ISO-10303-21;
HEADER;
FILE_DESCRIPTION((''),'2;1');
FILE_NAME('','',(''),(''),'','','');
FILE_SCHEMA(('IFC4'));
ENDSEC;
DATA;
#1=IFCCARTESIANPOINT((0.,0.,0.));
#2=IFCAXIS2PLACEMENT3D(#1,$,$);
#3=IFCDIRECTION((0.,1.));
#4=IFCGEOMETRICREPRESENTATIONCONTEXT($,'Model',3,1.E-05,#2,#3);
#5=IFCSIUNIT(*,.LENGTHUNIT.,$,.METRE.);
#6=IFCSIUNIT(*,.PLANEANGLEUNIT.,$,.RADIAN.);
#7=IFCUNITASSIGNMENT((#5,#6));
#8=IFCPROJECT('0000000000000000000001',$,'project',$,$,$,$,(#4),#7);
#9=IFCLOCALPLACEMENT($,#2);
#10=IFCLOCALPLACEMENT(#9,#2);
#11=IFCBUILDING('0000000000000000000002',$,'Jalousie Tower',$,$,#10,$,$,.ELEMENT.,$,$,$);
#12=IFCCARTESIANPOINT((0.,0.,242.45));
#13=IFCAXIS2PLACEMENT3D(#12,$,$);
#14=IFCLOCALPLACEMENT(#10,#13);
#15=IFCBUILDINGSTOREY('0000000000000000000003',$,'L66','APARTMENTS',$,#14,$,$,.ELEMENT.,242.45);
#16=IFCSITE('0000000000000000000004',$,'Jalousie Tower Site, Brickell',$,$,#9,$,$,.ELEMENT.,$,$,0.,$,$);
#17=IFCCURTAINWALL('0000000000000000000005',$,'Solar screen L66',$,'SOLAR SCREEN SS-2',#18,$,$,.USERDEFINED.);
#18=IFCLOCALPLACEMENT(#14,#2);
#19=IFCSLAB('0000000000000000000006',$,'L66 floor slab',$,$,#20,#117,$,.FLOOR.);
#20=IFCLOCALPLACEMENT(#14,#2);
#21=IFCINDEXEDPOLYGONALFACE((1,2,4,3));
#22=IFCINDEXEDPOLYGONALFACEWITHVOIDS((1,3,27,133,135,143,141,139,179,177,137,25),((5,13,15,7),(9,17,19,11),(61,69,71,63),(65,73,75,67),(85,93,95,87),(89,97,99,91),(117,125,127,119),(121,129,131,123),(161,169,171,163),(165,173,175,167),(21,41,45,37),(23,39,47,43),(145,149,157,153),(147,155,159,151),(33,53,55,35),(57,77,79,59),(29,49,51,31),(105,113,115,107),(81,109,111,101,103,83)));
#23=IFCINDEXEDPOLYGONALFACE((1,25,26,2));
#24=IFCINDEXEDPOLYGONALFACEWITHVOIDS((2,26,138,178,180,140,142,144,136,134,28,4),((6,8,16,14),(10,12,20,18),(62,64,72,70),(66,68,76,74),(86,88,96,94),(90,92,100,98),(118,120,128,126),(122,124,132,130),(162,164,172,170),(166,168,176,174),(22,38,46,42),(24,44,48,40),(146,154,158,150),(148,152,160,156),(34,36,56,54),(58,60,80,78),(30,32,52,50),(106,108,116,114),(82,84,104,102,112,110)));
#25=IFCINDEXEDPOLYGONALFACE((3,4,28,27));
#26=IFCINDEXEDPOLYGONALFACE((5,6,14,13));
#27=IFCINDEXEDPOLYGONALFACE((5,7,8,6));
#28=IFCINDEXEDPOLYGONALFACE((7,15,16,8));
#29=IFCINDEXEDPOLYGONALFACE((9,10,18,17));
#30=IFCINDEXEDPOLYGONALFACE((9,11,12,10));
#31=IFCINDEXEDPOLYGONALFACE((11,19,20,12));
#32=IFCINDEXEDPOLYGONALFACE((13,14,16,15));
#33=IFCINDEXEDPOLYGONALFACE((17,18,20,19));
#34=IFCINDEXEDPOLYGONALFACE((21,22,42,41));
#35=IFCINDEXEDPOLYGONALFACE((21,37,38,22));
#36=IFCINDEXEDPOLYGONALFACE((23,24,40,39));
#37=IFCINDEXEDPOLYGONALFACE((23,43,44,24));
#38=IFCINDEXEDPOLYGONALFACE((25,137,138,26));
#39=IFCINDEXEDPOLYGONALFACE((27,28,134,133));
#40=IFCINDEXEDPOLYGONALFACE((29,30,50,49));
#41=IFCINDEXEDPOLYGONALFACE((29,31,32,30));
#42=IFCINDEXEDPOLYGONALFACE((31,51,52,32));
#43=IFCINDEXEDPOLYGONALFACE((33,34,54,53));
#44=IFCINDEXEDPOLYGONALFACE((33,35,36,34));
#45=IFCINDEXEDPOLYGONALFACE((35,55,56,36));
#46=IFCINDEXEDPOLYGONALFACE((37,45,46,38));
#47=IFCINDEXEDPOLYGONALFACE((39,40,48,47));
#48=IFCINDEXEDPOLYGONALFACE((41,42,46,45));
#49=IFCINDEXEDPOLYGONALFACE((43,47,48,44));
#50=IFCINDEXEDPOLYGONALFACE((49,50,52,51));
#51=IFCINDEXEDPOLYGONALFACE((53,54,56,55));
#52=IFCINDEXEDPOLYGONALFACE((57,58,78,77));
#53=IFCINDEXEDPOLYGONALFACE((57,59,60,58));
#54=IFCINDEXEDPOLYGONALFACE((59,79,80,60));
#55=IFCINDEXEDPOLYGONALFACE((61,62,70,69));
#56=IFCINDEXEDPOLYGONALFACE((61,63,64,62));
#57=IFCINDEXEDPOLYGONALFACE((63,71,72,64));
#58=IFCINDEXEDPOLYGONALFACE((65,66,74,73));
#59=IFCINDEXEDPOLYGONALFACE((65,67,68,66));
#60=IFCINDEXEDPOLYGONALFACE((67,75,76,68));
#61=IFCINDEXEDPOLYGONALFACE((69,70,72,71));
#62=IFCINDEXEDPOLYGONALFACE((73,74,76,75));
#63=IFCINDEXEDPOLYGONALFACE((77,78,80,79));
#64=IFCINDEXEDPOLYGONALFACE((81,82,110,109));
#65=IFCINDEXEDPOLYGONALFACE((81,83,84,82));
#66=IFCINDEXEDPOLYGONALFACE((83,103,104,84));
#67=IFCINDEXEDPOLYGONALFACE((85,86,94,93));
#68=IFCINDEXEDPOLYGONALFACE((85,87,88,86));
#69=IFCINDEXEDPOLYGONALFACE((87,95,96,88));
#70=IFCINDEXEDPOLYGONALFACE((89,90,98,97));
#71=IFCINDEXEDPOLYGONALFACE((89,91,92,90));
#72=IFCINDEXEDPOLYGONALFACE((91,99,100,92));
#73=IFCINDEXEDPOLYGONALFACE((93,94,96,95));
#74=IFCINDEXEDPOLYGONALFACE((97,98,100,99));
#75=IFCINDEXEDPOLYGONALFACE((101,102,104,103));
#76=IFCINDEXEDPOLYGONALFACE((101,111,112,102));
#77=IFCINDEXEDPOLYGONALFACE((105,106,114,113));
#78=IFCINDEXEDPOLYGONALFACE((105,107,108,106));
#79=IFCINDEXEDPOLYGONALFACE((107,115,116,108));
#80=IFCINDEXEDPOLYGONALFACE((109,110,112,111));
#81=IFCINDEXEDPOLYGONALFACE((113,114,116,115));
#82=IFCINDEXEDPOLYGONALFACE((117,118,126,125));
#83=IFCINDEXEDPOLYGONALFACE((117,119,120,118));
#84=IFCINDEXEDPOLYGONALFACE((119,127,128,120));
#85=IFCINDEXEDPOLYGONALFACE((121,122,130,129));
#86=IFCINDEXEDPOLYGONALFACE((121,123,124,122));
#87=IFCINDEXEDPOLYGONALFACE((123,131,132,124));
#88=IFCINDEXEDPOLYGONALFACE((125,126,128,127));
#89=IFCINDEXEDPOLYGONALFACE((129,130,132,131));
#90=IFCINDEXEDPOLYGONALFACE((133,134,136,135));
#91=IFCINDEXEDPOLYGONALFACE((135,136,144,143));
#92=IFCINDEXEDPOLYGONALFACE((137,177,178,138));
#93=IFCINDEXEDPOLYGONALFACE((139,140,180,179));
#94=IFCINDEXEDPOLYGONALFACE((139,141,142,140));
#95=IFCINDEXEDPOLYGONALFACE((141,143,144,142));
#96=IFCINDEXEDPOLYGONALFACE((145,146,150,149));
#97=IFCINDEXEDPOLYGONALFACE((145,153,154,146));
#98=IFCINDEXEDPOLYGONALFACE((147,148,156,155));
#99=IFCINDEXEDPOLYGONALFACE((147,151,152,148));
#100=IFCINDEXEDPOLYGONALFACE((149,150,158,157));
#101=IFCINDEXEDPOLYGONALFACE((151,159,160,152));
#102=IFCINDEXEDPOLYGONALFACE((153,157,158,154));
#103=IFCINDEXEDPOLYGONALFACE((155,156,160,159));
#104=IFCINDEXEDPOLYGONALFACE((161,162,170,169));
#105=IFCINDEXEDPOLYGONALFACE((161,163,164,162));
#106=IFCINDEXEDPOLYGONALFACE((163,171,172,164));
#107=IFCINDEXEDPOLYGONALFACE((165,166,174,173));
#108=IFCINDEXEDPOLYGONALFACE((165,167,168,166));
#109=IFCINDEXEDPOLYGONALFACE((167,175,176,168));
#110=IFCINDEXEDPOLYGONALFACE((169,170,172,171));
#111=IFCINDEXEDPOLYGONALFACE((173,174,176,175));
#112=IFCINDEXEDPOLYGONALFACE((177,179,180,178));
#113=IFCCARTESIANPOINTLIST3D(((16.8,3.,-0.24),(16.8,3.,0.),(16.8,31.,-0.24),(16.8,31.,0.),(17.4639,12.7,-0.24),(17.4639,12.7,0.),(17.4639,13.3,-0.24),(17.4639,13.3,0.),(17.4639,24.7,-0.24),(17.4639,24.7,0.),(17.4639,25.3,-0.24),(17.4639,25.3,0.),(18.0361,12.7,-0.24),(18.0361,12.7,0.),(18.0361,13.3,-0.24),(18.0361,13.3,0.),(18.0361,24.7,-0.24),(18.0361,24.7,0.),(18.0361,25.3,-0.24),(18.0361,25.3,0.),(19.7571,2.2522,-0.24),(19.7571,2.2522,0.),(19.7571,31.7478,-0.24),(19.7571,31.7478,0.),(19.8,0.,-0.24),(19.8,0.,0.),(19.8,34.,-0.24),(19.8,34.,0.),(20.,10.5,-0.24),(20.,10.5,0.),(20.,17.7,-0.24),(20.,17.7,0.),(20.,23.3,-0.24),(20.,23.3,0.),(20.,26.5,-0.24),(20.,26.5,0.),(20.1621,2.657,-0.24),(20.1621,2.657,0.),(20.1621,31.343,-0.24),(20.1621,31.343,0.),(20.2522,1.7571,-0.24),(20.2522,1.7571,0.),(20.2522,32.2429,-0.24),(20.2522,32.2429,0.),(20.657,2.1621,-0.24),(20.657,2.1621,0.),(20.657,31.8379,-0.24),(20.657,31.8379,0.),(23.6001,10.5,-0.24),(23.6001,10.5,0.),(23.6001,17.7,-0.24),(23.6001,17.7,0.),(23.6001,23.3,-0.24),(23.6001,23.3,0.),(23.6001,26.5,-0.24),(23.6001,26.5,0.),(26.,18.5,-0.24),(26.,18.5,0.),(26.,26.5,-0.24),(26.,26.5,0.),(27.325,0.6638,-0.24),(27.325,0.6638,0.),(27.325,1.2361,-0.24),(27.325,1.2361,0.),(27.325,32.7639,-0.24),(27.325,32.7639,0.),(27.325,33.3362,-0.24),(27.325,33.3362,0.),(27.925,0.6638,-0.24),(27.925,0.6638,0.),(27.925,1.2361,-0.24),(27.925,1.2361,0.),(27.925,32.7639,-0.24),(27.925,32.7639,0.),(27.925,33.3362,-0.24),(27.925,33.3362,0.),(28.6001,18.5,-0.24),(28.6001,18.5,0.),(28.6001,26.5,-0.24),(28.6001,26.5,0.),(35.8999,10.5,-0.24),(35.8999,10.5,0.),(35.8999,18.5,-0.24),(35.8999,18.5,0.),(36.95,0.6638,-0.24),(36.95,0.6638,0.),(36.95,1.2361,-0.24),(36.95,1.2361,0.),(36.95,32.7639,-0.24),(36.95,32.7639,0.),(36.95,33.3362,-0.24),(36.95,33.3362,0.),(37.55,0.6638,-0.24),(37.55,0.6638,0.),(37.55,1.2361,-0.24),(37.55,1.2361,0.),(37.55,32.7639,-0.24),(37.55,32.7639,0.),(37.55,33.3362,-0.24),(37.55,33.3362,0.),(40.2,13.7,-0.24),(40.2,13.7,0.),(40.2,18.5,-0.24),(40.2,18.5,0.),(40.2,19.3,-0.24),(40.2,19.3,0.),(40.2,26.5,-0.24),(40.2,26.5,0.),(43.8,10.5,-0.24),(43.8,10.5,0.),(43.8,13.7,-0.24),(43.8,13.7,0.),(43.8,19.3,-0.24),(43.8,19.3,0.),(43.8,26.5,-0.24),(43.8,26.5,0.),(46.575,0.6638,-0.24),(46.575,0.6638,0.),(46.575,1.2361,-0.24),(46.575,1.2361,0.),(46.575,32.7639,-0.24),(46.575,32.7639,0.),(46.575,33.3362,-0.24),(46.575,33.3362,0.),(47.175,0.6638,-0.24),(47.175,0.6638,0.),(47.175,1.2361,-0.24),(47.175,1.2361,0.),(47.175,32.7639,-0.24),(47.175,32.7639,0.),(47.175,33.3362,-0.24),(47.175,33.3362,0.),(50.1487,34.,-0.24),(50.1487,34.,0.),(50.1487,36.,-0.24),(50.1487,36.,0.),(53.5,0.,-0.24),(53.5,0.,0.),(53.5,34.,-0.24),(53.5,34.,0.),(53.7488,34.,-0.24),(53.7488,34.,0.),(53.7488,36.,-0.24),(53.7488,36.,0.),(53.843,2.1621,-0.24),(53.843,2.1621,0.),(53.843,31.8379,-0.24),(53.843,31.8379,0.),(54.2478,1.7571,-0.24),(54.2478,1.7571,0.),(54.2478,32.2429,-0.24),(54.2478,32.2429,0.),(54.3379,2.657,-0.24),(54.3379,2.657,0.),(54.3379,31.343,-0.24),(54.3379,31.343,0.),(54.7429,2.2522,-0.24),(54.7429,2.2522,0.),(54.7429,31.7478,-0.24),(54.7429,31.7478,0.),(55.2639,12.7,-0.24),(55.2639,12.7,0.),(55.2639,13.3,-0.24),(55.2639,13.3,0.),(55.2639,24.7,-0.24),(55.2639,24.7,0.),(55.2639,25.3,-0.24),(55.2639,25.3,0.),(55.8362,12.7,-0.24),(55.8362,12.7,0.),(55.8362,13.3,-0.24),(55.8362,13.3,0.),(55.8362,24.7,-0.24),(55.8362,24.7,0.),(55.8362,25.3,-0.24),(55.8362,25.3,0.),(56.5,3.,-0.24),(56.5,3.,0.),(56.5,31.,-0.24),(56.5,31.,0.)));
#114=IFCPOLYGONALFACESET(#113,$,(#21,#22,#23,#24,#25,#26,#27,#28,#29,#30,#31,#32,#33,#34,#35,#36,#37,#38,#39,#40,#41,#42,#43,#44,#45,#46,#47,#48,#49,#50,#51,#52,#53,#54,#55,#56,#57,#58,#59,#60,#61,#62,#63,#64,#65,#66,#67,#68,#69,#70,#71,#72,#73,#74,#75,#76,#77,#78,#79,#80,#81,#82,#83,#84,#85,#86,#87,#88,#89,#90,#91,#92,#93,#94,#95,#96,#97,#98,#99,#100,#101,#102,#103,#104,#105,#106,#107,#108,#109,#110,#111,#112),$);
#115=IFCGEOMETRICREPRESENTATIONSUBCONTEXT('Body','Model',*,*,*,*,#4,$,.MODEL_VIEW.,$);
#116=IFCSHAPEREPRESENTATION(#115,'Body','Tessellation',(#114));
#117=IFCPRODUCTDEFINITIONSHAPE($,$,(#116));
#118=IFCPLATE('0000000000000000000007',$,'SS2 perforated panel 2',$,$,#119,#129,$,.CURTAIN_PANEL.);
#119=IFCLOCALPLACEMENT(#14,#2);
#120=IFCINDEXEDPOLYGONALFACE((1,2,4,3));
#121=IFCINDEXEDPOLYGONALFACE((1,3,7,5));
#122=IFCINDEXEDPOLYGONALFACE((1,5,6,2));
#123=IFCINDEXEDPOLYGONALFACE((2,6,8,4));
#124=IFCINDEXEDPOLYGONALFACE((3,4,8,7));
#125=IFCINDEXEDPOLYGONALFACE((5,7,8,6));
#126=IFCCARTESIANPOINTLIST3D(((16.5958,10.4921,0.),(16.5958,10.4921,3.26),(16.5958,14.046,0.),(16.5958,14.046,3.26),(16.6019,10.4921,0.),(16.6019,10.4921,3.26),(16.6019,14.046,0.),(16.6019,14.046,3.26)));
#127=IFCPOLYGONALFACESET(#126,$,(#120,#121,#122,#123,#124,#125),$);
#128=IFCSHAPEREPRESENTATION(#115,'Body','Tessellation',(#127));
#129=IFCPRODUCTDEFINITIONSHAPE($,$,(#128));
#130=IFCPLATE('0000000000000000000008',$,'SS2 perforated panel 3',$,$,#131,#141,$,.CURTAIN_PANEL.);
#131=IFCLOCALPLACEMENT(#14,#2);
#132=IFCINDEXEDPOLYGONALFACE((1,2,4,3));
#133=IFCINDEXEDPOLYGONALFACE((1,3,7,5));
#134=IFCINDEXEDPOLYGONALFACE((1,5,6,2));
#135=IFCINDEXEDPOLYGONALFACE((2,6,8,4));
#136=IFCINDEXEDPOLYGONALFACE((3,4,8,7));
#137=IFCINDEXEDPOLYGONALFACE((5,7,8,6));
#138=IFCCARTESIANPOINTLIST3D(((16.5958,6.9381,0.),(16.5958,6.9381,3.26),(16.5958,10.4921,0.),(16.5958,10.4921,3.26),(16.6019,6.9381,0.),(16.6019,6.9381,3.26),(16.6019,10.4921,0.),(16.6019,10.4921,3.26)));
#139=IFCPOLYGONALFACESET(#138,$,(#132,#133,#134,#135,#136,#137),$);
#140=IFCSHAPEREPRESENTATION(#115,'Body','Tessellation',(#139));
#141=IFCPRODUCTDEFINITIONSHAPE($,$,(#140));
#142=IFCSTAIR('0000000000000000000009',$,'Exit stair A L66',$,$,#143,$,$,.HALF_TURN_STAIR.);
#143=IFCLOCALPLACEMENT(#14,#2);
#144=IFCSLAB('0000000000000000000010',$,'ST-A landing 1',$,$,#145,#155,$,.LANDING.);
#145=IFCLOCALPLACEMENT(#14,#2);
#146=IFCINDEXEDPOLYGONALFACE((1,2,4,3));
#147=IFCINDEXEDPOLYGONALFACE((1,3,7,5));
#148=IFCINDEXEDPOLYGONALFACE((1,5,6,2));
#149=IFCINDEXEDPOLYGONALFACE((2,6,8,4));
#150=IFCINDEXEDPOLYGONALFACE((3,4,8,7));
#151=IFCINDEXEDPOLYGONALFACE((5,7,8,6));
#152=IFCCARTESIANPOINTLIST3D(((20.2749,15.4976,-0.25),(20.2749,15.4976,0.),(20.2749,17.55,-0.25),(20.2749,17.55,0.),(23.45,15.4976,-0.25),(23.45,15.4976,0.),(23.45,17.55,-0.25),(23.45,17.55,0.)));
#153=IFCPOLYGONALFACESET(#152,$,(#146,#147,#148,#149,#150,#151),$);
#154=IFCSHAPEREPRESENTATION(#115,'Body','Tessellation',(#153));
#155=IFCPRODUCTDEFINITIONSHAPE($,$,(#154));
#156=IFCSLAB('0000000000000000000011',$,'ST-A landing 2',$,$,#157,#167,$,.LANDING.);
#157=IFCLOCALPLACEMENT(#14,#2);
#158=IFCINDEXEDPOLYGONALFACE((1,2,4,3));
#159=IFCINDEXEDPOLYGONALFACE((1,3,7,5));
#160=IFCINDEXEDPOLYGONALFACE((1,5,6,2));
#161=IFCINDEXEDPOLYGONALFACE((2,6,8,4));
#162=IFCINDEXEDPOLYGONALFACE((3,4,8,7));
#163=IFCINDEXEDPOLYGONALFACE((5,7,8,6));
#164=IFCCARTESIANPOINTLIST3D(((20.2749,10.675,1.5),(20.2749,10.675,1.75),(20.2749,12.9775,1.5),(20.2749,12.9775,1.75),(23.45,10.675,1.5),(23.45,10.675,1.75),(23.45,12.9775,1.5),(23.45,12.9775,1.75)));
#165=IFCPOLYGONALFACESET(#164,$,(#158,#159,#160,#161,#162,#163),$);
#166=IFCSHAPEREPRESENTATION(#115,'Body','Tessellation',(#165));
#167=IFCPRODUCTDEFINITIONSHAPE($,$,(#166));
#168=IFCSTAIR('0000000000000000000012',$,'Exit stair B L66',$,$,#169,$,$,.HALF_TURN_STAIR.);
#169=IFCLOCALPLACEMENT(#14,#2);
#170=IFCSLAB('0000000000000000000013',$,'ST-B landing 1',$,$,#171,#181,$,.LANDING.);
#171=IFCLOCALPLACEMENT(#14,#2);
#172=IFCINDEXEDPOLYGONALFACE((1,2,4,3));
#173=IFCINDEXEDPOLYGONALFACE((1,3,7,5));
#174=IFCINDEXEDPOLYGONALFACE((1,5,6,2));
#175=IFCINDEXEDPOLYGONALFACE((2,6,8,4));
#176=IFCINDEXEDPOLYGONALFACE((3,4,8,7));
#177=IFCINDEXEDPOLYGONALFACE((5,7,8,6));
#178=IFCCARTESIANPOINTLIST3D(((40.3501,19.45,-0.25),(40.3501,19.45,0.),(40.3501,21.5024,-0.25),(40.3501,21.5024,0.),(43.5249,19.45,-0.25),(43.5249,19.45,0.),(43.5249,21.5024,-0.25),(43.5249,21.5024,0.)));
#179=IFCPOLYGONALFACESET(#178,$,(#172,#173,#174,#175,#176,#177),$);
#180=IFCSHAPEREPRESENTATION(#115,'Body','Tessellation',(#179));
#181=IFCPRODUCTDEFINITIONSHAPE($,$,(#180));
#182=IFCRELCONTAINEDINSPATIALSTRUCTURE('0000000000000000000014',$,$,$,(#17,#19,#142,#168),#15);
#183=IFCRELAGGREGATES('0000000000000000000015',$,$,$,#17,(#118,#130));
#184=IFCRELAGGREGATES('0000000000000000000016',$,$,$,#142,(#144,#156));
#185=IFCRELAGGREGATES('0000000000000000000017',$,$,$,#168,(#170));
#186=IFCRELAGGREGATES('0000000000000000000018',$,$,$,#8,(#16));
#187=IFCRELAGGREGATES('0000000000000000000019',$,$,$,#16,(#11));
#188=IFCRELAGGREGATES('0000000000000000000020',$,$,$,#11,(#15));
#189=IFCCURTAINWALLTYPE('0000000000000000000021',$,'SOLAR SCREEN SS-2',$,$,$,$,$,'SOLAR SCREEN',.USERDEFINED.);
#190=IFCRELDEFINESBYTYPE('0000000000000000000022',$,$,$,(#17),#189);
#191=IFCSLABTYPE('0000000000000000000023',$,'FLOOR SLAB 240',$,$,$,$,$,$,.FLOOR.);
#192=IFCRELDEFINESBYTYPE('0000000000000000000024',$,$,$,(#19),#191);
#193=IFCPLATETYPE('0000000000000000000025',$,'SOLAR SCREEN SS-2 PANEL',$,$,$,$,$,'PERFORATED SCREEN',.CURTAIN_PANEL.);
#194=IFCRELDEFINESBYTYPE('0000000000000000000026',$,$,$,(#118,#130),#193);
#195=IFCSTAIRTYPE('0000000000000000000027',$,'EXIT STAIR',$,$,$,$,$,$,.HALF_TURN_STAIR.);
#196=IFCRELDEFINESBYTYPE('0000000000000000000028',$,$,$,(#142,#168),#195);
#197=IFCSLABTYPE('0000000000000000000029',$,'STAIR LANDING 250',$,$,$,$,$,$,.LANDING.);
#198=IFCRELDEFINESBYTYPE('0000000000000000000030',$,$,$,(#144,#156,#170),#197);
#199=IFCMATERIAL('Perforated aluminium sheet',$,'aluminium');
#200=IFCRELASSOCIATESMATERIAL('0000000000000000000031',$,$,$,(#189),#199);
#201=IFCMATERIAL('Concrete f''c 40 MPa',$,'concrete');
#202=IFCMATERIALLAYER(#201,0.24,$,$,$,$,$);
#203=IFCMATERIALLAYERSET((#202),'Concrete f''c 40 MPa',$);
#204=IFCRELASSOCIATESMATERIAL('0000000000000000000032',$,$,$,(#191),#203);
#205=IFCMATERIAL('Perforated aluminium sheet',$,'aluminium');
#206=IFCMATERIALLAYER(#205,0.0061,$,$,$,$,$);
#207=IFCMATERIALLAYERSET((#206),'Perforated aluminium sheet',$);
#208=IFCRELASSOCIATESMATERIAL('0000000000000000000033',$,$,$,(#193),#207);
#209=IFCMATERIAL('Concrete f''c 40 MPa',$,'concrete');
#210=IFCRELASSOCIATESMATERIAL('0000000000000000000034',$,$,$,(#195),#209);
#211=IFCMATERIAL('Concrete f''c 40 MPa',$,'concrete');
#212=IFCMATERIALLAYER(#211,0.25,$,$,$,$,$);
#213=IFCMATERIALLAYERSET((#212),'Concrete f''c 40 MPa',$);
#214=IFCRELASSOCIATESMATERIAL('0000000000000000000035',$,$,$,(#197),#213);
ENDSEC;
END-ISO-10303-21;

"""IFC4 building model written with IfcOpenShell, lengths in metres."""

from ifc_helpers import new_model, si_unit, direction, frame, origin, origin_2d, place, context, subcontext, project, spatial, polyline, rectangle, outline, extrude, material, layer, layer_set, type_object, element, aggregate, save


model = new_model("IFC4")

# Units and contexts
model_context = context("Model", 3, precision=1e-05, world=origin(), true_north=direction((0.0, 1.0)))
body_context = subcontext(model_context, "Body", "Model", "MODEL_VIEW")
ifc_project = project(units=[si_unit("LENGTHUNIT", "METRE"), si_unit("PLANEANGLEUNIT", "RADIAN")], contexts=[model_context])

# Site, building, storey
site_placement = place(None, origin())
site = spatial("IfcSite", under=ifc_project, at=site_placement, Name="Jalousie Tower Site, Brickell", CompositionType="ELEMENT", RefElevation=0.0)
building_placement = place(site_placement, origin())
building = spatial("IfcBuilding", under=site, at=building_placement, Name="Jalousie Tower", CompositionType="ELEMENT")
storey_placement = place(building_placement, frame((0.0, 0.0, 242.45)))
storey = spatial("IfcBuildingStorey", under=building, at=storey_placement, Name="L66", Description="APARTMENTS", CompositionType="ELEMENT", Elevation=242.45)

# Curtain wall
ifc_material_1 = material(Name="Perforated aluminium sheet", Category="aluminium")
curtain_wall_type_1 = type_object("IfcCurtainWallType", Name="SOLAR SCREEN SS-2", ElementType="SOLAR SCREEN", PredefinedType="USERDEFINED", material=ifc_material_1)
curtain_wall_1_placement = place(storey_placement, origin())
curtain_wall_1 = element("IfcCurtainWall", 1, at=curtain_wall_1_placement, inside=storey, type_object=curtain_wall_type_1, Name="Solar screen L66", ObjectType="SOLAR SCREEN SS-2", PredefinedType="USERDEFINED")

# Slab
ifc_material_2 = material(Name="Concrete f'c 40 MPa", Category="concrete")
ifc_layer_1 = layer(ifc_material_2, 0.24)
ifc_layer_set_1 = layer_set([ifc_layer_1], Name="Concrete f'c 40 MPa")
slab_type_1 = type_object("IfcSlabType", Name="FLOOR SLAB 240", PredefinedType="FLOOR", material=ifc_layer_set_1)
slab_1_placement = place(storey_placement, frame((0.0, 0.0, -0.24)))
element("IfcSlab", 2, at=slab_1_placement, inside=storey, type_object=slab_type_1, Name="L66 floor slab", PredefinedType="FLOOR", context=body_context, shape_type="SweptSolid", body=[
    extrude(outline(polyline([(16.8, 3.0), (16.8, 31.0), (19.8, 34.0), (50.1487, 34.0), (50.1487, 36.0), (53.7488, 36.0), (53.7488, 34.0), (53.5, 34.0), (56.5, 31.0), (56.5, 3.0), (53.5, 0.0), (19.8, 0.0), (16.8, 3.0)]), holes=[polyline([(55.2639, 13.3), (55.2639, 12.7), (55.8362, 12.7), (55.8362, 13.3), (55.2639, 13.3)]), polyline([(55.8362, 24.7), (55.8362, 25.3), (55.2639, 25.3), (55.2639, 24.7), (55.8362, 24.7)]), polyline([(54.2478, 1.7571), (54.7429, 2.2522), (54.3379, 2.657), (53.843, 2.1621), (54.2478, 1.7571)]), polyline([(53.843, 31.8379), (54.3379, 31.343), (54.7429, 31.7478), (54.2478, 32.2429), (53.843, 31.8379)]), polyline([(46.575, 32.7639), (47.175, 32.7639), (47.175, 33.3362), (46.575, 33.3362), (46.575, 32.7639)]), polyline([(46.575, 0.6638), (47.175, 0.6638), (47.175, 1.2361), (46.575, 1.2361), (46.575, 0.6638)]), polyline([(43.8, 10.5), (43.8, 13.7), (40.2, 13.7), (40.2, 18.5), (35.8999, 18.5), (35.8999, 10.5), (43.8, 10.5)]), polyline([(43.8, 19.3), (43.8, 26.5), (40.2, 26.5), (40.2, 19.3), (43.8, 19.3)]), polyline([(36.95, 32.7639), (37.55, 32.7639), (37.55, 33.3362), (36.95, 33.3362), (36.95, 32.7639)]), polyline([(37.55, 1.2361), (36.95, 1.2361), (36.95, 0.6638), (37.55, 0.6638), (37.55, 1.2361)]), polyline([(28.6001, 18.5), (28.6001, 26.5), (26.0, 26.5), (26.0, 18.5), (28.6001, 18.5)]), polyline([(27.325, 32.7639), (27.925, 32.7639), (27.925, 33.3362), (27.325, 33.3362), (27.325, 32.7639)]), polyline([(27.325, 0.6638), (27.925, 0.6638), (27.925, 1.2361), (27.325, 1.2361), (27.325, 0.6638)]), polyline([(23.6001, 23.3), (23.6001, 26.5), (20.0, 26.5), (20.0, 23.3), (23.6001, 23.3)]), polyline([(23.6001, 10.5), (23.6001, 17.7), (20.0, 17.7), (20.0, 10.5), (23.6001, 10.5)]), polyline([(19.7571, 31.7478), (20.1621, 31.343), (20.657, 31.8379), (20.2522, 32.2429), (19.7571, 31.7478)]), polyline([(19.7571, 2.2522), (20.2522, 1.7571), (20.657, 2.1621), (20.1621, 2.657), (19.7571, 2.2522)]), polyline([(18.0361, 12.7), (18.0361, 13.3), (17.4639, 13.3), (17.4639, 12.7), (18.0361, 12.7)]), polyline([(17.4639, 25.3), (17.4639, 24.7), (18.0361, 24.7), (18.0361, 25.3), (17.4639, 25.3)])]), origin(), (0.0, 0.0, 1.0), 0.24),
])

# Plates
ifc_material_3 = material(Name="Perforated aluminium sheet", Category="aluminium")
ifc_layer_2 = layer(ifc_material_3, 0.0061)
ifc_layer_set_2 = layer_set([ifc_layer_2], Name="Perforated aluminium sheet")
plate_type = type_object("IfcPlateType", Name="SOLAR SCREEN SS-2 PANEL", ElementType="PERFORATED SCREEN", PredefinedType="CURTAIN_PANEL", material=ifc_layer_set_2)
plate_1_placement = place(storey_placement, frame((16.5989, 12.269, 0.0), z_axis=(0.0, 0.0, 1.0), x_axis=(0.0, -1.0, 0.0)))
plate_1 = element("IfcPlate", 3, at=plate_1_placement, type_object=plate_type, Name="SS2 perforated panel 2", PredefinedType="CURTAIN_PANEL", context=body_context, shape_type="SweptSolid", body=[
    extrude(rectangle(XDim=3.554, YDim=0.0061, at=origin_2d()), origin(), (0.0, 0.0, 1.0), 3.26),
])
plate_2_placement = place(storey_placement, frame((16.5989, 8.7151, 0.0), z_axis=(0.0, 0.0, 1.0), x_axis=(0.0, -1.0, 0.0)))
plate_2 = element("IfcPlate", 4, at=plate_2_placement, type_object=plate_type, Name="SS2 perforated panel 3", PredefinedType="CURTAIN_PANEL", context=body_context, shape_type="SweptSolid", body=[
    extrude(rectangle(XDim=3.554, YDim=0.0061, at=origin_2d()), origin(), (0.0, 0.0, 1.0), 3.26),
])
aggregate(curtain_wall_1, [plate_1, plate_2])

# Stairs, slabs
ifc_material_4 = material(Name="Concrete f'c 40 MPa", Category="concrete")
stair_type = type_object("IfcStairType", Name="EXIT STAIR", PredefinedType="HALF_TURN_STAIR", material=ifc_material_4)
stair_1_placement = place(storey_placement, origin())
stair_1 = element("IfcStair", 5, at=stair_1_placement, inside=storey, type_object=stair_type, Name="Exit stair A L66", PredefinedType="HALF_TURN_STAIR")
ifc_material_5 = material(Name="Concrete f'c 40 MPa", Category="concrete")
ifc_layer_3 = layer(ifc_material_5, 0.25)
ifc_layer_set_3 = layer_set([ifc_layer_3], Name="Concrete f'c 40 MPa")
slab_type_2 = type_object("IfcSlabType", Name="STAIR LANDING 250", PredefinedType="LANDING", material=ifc_layer_set_3)
slab_2_placement = place(storey_placement, frame((0.0, 0.0, -0.25)))
slab_2 = element("IfcSlab", 6, at=slab_2_placement, type_object=slab_type_2, Name="ST-A landing 1", PredefinedType="LANDING", context=body_context, shape_type="SweptSolid", body=[
    extrude(outline(polyline([(20.2749, 15.4976), (23.45, 15.4976), (23.45, 17.55), (20.2749, 17.55), (20.2749, 15.4976)])), origin(), (0.0, 0.0, 1.0), 0.25),
])
slab_3_placement = place(storey_placement, frame((0.0, 0.0, 1.5)))
slab_3 = element("IfcSlab", 7, at=slab_3_placement, type_object=slab_type_2, Name="ST-A landing 2", PredefinedType="LANDING", context=body_context, shape_type="SweptSolid", body=[
    extrude(outline(polyline([(20.2749, 10.675), (23.45, 10.675), (23.45, 12.9775), (20.2749, 12.9775), (20.2749, 10.675)])), origin(), (0.0, 0.0, 1.0), 0.25),
])
aggregate(stair_1, [slab_2, slab_3])
stair_2_placement = place(storey_placement, origin())
stair_2 = element("IfcStair", 8, at=stair_2_placement, inside=storey, type_object=stair_type, Name="Exit stair B L66", PredefinedType="HALF_TURN_STAIR")
slab_4_placement = place(storey_placement, frame((0.0, 0.0, -0.25)))
slab_4 = element("IfcSlab", 9, at=slab_4_placement, type_object=slab_type_2, Name="ST-B landing 1", PredefinedType="LANDING", context=body_context, shape_type="SweptSolid", body=[
    extrude(outline(polyline([(40.3501, 19.45), (43.5249, 19.45), (43.5249, 21.5024), (40.3501, 21.5024), (40.3501, 19.45)])), origin(), (0.0, 0.0, 1.0), 0.25),
])
aggregate(stair_2, [slab_4])

save(model, "model.ifc")
